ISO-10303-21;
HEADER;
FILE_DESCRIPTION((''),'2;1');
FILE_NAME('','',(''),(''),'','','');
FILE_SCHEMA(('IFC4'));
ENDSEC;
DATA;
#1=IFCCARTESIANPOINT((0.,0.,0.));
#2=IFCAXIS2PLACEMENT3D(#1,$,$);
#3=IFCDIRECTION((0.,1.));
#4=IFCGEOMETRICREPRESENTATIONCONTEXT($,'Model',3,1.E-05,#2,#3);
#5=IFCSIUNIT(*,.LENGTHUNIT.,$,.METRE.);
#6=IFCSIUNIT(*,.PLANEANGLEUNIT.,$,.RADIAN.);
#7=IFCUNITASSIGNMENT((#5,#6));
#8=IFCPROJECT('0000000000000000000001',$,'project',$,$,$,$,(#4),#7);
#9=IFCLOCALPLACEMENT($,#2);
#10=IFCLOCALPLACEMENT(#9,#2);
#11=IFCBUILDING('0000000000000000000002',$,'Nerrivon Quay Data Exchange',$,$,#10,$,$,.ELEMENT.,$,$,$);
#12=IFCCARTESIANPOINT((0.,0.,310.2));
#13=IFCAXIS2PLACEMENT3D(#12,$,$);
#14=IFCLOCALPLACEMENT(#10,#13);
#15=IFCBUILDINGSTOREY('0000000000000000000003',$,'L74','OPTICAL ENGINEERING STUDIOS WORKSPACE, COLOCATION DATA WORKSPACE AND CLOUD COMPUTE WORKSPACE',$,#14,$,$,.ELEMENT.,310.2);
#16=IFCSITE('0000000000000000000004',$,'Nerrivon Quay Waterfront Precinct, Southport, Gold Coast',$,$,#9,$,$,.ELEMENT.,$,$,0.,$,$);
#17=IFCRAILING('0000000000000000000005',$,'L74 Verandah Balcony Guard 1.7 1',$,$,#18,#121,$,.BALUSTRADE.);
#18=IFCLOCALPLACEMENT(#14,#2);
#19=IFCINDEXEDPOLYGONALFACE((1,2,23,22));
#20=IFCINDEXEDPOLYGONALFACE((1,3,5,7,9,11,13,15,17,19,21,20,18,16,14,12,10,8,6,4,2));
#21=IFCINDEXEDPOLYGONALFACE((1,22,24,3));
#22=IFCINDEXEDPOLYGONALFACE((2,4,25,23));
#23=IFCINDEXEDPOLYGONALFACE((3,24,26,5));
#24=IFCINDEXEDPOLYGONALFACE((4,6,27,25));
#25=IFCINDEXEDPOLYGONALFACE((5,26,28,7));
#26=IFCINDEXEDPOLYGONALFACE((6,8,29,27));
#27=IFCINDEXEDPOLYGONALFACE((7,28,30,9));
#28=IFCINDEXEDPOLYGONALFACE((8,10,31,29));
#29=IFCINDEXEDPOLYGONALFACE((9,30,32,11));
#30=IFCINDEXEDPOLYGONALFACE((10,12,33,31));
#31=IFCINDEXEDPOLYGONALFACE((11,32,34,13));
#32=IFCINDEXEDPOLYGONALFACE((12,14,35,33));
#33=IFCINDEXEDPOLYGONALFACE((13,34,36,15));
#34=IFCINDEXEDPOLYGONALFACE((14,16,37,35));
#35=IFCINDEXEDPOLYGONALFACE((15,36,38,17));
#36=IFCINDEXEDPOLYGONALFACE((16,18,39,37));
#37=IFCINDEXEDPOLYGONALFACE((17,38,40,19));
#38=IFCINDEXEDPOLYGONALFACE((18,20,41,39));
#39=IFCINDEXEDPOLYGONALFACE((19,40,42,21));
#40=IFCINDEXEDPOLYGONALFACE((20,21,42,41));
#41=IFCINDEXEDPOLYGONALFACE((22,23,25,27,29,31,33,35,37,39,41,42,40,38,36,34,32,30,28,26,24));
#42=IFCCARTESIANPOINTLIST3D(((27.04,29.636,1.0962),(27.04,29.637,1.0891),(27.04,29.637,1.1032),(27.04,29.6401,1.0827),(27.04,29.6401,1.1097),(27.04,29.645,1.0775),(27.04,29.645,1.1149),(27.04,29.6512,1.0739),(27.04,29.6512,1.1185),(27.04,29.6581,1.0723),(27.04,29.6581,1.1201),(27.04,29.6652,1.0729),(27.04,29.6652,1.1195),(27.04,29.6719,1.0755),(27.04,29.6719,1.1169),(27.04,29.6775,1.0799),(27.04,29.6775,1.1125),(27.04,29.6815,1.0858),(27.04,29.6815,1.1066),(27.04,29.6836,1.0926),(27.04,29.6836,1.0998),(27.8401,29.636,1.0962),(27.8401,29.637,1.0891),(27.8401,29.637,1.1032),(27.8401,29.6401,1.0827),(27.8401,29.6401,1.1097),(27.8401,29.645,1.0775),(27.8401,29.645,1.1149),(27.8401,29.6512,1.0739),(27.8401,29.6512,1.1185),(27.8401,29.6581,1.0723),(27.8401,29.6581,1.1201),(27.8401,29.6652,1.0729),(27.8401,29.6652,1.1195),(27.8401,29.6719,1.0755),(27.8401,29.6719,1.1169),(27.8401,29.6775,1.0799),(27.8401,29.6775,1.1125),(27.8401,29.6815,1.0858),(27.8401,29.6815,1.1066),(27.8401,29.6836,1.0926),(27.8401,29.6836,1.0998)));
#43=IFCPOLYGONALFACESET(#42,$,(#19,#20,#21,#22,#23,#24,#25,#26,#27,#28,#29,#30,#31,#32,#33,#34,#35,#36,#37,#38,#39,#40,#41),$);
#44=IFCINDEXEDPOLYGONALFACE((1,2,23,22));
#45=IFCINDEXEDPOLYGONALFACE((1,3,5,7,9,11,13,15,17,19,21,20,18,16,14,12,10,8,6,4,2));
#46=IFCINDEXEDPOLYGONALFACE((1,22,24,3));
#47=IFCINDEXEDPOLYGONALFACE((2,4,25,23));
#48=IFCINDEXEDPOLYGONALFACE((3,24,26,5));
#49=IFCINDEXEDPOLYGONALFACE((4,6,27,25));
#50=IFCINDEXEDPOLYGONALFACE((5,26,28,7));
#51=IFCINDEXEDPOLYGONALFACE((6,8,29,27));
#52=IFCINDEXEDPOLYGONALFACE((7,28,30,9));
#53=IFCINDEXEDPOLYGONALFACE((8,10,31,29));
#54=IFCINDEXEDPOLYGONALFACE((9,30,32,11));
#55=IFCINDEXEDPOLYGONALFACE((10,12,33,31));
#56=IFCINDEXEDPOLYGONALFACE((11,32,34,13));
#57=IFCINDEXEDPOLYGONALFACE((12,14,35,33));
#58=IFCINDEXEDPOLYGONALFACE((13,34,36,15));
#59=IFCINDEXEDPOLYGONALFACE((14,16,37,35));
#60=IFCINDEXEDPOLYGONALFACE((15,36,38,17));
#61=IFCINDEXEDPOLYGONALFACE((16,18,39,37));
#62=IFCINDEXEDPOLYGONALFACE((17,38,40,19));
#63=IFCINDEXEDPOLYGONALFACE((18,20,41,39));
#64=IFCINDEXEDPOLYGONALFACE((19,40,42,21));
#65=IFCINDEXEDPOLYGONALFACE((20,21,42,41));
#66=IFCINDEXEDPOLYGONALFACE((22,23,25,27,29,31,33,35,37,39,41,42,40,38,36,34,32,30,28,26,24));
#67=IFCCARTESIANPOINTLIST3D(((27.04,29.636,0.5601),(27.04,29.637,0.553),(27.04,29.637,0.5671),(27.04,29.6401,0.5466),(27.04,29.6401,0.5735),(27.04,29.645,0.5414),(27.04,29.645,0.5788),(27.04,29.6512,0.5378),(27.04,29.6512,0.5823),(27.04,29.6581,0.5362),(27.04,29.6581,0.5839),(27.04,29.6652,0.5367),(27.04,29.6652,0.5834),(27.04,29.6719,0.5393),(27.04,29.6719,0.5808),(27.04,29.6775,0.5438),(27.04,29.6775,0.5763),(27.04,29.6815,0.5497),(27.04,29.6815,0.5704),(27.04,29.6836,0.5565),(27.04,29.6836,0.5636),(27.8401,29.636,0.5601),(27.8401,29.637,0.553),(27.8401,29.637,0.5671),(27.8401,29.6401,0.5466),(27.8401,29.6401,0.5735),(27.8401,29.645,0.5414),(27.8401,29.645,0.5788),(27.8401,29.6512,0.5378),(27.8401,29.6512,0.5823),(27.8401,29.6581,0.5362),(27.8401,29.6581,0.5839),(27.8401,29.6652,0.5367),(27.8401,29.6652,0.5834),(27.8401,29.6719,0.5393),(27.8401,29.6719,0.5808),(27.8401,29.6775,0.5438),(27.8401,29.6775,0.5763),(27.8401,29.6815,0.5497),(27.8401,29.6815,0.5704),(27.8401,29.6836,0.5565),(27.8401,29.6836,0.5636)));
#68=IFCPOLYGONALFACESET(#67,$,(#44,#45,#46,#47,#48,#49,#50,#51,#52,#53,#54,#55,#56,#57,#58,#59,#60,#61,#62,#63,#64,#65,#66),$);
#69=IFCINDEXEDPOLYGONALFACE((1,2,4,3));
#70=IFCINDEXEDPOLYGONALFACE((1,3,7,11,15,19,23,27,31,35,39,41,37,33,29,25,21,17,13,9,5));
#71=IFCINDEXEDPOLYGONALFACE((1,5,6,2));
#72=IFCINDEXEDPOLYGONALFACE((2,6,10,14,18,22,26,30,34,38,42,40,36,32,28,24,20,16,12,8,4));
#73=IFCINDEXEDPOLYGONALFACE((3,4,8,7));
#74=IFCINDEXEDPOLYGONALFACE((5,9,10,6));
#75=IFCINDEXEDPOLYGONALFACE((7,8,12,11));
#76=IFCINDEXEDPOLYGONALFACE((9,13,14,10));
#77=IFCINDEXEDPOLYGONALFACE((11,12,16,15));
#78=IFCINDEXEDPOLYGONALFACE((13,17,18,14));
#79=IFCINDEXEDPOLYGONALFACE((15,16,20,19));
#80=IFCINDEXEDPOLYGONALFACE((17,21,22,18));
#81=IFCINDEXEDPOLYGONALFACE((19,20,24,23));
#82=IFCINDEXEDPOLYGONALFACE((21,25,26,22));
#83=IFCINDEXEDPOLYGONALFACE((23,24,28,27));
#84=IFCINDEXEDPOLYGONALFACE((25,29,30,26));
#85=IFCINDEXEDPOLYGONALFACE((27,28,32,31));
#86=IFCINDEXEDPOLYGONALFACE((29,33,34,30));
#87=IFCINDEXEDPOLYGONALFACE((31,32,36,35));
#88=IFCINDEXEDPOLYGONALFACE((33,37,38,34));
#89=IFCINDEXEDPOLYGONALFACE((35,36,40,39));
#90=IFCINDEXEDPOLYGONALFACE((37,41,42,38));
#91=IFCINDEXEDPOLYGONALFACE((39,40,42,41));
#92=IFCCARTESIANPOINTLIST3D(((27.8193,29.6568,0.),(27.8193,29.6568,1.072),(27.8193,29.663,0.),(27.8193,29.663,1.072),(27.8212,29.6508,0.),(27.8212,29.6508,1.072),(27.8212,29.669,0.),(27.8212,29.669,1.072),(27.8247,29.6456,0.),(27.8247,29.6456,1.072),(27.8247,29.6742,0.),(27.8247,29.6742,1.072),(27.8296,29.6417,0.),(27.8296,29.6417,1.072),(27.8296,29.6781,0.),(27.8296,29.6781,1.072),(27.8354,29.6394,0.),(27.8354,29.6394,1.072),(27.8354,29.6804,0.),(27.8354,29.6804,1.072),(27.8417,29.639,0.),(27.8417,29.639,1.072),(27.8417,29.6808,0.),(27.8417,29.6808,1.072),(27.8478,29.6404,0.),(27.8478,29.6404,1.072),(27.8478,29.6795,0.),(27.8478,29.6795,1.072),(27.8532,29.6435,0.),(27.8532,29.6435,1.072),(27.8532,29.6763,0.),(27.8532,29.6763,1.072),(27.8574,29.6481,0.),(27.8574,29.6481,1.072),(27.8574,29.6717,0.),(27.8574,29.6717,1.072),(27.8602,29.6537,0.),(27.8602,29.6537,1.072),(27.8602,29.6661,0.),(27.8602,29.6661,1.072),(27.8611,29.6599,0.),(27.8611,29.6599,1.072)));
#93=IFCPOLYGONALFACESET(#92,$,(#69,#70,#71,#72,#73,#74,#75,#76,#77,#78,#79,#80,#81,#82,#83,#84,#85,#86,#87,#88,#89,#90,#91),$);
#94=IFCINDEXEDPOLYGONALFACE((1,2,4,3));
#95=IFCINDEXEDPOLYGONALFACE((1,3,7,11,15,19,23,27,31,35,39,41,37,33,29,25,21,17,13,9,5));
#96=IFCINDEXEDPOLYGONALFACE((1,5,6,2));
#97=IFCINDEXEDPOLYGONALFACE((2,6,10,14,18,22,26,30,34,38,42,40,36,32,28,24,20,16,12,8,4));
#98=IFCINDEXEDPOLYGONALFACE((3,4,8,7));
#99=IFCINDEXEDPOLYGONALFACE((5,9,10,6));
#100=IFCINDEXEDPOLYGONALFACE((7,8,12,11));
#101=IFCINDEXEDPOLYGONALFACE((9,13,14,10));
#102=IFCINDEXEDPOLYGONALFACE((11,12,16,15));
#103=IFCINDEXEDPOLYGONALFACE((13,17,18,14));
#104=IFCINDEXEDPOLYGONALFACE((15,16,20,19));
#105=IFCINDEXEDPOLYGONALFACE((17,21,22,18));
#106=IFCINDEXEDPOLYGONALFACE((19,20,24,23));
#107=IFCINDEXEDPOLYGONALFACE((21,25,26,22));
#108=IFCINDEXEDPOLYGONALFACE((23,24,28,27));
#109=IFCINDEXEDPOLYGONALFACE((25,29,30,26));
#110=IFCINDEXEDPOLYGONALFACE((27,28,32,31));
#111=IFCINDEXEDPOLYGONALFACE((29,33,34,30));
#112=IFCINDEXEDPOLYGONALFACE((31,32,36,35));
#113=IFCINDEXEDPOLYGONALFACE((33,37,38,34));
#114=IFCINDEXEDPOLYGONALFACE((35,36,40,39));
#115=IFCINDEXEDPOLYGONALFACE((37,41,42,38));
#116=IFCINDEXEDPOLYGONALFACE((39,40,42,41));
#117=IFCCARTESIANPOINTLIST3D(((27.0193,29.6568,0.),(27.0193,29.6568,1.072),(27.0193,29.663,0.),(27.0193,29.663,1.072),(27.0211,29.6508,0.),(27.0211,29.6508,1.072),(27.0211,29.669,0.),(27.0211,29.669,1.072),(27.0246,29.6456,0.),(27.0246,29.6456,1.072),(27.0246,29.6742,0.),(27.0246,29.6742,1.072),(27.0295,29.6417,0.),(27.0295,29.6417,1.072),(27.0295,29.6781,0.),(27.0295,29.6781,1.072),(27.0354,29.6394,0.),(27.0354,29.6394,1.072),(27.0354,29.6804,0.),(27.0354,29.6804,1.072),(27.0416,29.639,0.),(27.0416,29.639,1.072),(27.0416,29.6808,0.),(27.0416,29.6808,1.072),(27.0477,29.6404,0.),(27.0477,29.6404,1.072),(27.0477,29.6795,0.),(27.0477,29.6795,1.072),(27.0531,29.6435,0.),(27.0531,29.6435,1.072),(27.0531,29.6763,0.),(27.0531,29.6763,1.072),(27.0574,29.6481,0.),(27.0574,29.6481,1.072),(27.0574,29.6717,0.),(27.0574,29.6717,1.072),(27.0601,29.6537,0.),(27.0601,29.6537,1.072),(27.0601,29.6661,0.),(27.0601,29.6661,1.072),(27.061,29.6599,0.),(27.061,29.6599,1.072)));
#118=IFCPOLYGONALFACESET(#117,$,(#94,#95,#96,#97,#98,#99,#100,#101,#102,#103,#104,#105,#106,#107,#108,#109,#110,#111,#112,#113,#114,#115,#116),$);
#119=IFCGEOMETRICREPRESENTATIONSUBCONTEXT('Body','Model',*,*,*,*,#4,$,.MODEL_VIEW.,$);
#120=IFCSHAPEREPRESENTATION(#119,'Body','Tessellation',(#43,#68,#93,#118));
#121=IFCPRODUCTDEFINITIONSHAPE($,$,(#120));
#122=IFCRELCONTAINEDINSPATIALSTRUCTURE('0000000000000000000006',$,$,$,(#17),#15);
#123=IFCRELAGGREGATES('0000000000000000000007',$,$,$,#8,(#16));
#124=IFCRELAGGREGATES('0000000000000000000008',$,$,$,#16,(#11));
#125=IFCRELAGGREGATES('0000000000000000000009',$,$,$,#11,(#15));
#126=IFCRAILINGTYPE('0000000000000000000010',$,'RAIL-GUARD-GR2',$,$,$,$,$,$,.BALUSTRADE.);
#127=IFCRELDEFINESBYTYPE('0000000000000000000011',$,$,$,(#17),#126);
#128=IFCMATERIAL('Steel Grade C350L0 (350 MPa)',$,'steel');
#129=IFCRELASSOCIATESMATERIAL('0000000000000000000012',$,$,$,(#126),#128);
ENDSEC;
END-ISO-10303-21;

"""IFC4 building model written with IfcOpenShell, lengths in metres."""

from ifc_helpers import new_model, si_unit, direction, frame, origin, origin_2d, place, context, subcontext, project, spatial, circle, extrude, material, type_object, element, save


model = new_model("IFC4")

# Units and contexts
model_context = context("Model", 3, precision=1e-05, world=origin(), true_north=direction((0.0, 1.0)))
body_context = subcontext(model_context, "Body", "Model", "MODEL_VIEW")
ifc_project = project(units=[si_unit("LENGTHUNIT", "METRE"), si_unit("PLANEANGLEUNIT", "RADIAN")], contexts=[model_context])

# Site, building, storey
site_placement = place(None, origin())
site = spatial("IfcSite", under=ifc_project, at=site_placement, Name="Nerrivon Quay Waterfront Precinct, Southport, Gold Coast", CompositionType="ELEMENT", RefElevation=0.0)
building_placement = place(site_placement, origin())
building = spatial("IfcBuilding", under=site, at=building_placement, Name="Nerrivon Quay Data Exchange", CompositionType="ELEMENT")
storey_placement = place(building_placement, frame((0.0, 0.0, 310.2)))
storey = spatial("IfcBuildingStorey", under=building, at=storey_placement, Name="L74", Description="OPTICAL ENGINEERING STUDIOS WORKSPACE, COLOCATION DATA WORKSPACE AND CLOUD COMPUTE WORKSPACE", CompositionType="ELEMENT", Elevation=310.2)

# Shared definitions
ifc_material_1 = material(Name="Steel Grade C350L0 (350 MPa)", Category="steel")

# Railing
railing_type = type_object("IfcRailingType", Name="RAIL-GUARD-GR2", PredefinedType="BALUSTRADE", material=ifc_material_1)
railing_1_placement = place(storey_placement, frame((27.8401, 29.6599, 0.0)))
element("IfcRailing", 1, at=railing_1_placement, inside=storey, type_object=railing_type, Name="L74 Verandah Balcony Guard 1.7 1", PredefinedType="BALUSTRADE", context=body_context, shape_type="SweptSolid", body=[
    extrude(circle(Radius=0.0239, at=origin_2d()), frame((0.0, 0.0, 1.0962), z_axis=(-1.0, 0.0, 0.0), x_axis=(0.0, -1.0, 0.0)), (0.0, 0.0, 1.0), 0.8),
    extrude(circle(Radius=0.0239, at=origin_2d()), frame((0.0, 0.0, 0.5601), z_axis=(-1.0, 0.0, 0.0), x_axis=(0.0, -1.0, 0.0)), (0.0, 0.0, 1.0), 0.8),
    extrude(circle(Radius=0.021, at=origin_2d()), origin(), (0.0, 0.0, 1.0), 1.072),
    extrude(circle(Radius=0.021, at=origin_2d()), frame((-0.8, 0.0, 0.0)), (0.0, 0.0, 1.0), 1.072),
])

save(model, "model.ifc")
